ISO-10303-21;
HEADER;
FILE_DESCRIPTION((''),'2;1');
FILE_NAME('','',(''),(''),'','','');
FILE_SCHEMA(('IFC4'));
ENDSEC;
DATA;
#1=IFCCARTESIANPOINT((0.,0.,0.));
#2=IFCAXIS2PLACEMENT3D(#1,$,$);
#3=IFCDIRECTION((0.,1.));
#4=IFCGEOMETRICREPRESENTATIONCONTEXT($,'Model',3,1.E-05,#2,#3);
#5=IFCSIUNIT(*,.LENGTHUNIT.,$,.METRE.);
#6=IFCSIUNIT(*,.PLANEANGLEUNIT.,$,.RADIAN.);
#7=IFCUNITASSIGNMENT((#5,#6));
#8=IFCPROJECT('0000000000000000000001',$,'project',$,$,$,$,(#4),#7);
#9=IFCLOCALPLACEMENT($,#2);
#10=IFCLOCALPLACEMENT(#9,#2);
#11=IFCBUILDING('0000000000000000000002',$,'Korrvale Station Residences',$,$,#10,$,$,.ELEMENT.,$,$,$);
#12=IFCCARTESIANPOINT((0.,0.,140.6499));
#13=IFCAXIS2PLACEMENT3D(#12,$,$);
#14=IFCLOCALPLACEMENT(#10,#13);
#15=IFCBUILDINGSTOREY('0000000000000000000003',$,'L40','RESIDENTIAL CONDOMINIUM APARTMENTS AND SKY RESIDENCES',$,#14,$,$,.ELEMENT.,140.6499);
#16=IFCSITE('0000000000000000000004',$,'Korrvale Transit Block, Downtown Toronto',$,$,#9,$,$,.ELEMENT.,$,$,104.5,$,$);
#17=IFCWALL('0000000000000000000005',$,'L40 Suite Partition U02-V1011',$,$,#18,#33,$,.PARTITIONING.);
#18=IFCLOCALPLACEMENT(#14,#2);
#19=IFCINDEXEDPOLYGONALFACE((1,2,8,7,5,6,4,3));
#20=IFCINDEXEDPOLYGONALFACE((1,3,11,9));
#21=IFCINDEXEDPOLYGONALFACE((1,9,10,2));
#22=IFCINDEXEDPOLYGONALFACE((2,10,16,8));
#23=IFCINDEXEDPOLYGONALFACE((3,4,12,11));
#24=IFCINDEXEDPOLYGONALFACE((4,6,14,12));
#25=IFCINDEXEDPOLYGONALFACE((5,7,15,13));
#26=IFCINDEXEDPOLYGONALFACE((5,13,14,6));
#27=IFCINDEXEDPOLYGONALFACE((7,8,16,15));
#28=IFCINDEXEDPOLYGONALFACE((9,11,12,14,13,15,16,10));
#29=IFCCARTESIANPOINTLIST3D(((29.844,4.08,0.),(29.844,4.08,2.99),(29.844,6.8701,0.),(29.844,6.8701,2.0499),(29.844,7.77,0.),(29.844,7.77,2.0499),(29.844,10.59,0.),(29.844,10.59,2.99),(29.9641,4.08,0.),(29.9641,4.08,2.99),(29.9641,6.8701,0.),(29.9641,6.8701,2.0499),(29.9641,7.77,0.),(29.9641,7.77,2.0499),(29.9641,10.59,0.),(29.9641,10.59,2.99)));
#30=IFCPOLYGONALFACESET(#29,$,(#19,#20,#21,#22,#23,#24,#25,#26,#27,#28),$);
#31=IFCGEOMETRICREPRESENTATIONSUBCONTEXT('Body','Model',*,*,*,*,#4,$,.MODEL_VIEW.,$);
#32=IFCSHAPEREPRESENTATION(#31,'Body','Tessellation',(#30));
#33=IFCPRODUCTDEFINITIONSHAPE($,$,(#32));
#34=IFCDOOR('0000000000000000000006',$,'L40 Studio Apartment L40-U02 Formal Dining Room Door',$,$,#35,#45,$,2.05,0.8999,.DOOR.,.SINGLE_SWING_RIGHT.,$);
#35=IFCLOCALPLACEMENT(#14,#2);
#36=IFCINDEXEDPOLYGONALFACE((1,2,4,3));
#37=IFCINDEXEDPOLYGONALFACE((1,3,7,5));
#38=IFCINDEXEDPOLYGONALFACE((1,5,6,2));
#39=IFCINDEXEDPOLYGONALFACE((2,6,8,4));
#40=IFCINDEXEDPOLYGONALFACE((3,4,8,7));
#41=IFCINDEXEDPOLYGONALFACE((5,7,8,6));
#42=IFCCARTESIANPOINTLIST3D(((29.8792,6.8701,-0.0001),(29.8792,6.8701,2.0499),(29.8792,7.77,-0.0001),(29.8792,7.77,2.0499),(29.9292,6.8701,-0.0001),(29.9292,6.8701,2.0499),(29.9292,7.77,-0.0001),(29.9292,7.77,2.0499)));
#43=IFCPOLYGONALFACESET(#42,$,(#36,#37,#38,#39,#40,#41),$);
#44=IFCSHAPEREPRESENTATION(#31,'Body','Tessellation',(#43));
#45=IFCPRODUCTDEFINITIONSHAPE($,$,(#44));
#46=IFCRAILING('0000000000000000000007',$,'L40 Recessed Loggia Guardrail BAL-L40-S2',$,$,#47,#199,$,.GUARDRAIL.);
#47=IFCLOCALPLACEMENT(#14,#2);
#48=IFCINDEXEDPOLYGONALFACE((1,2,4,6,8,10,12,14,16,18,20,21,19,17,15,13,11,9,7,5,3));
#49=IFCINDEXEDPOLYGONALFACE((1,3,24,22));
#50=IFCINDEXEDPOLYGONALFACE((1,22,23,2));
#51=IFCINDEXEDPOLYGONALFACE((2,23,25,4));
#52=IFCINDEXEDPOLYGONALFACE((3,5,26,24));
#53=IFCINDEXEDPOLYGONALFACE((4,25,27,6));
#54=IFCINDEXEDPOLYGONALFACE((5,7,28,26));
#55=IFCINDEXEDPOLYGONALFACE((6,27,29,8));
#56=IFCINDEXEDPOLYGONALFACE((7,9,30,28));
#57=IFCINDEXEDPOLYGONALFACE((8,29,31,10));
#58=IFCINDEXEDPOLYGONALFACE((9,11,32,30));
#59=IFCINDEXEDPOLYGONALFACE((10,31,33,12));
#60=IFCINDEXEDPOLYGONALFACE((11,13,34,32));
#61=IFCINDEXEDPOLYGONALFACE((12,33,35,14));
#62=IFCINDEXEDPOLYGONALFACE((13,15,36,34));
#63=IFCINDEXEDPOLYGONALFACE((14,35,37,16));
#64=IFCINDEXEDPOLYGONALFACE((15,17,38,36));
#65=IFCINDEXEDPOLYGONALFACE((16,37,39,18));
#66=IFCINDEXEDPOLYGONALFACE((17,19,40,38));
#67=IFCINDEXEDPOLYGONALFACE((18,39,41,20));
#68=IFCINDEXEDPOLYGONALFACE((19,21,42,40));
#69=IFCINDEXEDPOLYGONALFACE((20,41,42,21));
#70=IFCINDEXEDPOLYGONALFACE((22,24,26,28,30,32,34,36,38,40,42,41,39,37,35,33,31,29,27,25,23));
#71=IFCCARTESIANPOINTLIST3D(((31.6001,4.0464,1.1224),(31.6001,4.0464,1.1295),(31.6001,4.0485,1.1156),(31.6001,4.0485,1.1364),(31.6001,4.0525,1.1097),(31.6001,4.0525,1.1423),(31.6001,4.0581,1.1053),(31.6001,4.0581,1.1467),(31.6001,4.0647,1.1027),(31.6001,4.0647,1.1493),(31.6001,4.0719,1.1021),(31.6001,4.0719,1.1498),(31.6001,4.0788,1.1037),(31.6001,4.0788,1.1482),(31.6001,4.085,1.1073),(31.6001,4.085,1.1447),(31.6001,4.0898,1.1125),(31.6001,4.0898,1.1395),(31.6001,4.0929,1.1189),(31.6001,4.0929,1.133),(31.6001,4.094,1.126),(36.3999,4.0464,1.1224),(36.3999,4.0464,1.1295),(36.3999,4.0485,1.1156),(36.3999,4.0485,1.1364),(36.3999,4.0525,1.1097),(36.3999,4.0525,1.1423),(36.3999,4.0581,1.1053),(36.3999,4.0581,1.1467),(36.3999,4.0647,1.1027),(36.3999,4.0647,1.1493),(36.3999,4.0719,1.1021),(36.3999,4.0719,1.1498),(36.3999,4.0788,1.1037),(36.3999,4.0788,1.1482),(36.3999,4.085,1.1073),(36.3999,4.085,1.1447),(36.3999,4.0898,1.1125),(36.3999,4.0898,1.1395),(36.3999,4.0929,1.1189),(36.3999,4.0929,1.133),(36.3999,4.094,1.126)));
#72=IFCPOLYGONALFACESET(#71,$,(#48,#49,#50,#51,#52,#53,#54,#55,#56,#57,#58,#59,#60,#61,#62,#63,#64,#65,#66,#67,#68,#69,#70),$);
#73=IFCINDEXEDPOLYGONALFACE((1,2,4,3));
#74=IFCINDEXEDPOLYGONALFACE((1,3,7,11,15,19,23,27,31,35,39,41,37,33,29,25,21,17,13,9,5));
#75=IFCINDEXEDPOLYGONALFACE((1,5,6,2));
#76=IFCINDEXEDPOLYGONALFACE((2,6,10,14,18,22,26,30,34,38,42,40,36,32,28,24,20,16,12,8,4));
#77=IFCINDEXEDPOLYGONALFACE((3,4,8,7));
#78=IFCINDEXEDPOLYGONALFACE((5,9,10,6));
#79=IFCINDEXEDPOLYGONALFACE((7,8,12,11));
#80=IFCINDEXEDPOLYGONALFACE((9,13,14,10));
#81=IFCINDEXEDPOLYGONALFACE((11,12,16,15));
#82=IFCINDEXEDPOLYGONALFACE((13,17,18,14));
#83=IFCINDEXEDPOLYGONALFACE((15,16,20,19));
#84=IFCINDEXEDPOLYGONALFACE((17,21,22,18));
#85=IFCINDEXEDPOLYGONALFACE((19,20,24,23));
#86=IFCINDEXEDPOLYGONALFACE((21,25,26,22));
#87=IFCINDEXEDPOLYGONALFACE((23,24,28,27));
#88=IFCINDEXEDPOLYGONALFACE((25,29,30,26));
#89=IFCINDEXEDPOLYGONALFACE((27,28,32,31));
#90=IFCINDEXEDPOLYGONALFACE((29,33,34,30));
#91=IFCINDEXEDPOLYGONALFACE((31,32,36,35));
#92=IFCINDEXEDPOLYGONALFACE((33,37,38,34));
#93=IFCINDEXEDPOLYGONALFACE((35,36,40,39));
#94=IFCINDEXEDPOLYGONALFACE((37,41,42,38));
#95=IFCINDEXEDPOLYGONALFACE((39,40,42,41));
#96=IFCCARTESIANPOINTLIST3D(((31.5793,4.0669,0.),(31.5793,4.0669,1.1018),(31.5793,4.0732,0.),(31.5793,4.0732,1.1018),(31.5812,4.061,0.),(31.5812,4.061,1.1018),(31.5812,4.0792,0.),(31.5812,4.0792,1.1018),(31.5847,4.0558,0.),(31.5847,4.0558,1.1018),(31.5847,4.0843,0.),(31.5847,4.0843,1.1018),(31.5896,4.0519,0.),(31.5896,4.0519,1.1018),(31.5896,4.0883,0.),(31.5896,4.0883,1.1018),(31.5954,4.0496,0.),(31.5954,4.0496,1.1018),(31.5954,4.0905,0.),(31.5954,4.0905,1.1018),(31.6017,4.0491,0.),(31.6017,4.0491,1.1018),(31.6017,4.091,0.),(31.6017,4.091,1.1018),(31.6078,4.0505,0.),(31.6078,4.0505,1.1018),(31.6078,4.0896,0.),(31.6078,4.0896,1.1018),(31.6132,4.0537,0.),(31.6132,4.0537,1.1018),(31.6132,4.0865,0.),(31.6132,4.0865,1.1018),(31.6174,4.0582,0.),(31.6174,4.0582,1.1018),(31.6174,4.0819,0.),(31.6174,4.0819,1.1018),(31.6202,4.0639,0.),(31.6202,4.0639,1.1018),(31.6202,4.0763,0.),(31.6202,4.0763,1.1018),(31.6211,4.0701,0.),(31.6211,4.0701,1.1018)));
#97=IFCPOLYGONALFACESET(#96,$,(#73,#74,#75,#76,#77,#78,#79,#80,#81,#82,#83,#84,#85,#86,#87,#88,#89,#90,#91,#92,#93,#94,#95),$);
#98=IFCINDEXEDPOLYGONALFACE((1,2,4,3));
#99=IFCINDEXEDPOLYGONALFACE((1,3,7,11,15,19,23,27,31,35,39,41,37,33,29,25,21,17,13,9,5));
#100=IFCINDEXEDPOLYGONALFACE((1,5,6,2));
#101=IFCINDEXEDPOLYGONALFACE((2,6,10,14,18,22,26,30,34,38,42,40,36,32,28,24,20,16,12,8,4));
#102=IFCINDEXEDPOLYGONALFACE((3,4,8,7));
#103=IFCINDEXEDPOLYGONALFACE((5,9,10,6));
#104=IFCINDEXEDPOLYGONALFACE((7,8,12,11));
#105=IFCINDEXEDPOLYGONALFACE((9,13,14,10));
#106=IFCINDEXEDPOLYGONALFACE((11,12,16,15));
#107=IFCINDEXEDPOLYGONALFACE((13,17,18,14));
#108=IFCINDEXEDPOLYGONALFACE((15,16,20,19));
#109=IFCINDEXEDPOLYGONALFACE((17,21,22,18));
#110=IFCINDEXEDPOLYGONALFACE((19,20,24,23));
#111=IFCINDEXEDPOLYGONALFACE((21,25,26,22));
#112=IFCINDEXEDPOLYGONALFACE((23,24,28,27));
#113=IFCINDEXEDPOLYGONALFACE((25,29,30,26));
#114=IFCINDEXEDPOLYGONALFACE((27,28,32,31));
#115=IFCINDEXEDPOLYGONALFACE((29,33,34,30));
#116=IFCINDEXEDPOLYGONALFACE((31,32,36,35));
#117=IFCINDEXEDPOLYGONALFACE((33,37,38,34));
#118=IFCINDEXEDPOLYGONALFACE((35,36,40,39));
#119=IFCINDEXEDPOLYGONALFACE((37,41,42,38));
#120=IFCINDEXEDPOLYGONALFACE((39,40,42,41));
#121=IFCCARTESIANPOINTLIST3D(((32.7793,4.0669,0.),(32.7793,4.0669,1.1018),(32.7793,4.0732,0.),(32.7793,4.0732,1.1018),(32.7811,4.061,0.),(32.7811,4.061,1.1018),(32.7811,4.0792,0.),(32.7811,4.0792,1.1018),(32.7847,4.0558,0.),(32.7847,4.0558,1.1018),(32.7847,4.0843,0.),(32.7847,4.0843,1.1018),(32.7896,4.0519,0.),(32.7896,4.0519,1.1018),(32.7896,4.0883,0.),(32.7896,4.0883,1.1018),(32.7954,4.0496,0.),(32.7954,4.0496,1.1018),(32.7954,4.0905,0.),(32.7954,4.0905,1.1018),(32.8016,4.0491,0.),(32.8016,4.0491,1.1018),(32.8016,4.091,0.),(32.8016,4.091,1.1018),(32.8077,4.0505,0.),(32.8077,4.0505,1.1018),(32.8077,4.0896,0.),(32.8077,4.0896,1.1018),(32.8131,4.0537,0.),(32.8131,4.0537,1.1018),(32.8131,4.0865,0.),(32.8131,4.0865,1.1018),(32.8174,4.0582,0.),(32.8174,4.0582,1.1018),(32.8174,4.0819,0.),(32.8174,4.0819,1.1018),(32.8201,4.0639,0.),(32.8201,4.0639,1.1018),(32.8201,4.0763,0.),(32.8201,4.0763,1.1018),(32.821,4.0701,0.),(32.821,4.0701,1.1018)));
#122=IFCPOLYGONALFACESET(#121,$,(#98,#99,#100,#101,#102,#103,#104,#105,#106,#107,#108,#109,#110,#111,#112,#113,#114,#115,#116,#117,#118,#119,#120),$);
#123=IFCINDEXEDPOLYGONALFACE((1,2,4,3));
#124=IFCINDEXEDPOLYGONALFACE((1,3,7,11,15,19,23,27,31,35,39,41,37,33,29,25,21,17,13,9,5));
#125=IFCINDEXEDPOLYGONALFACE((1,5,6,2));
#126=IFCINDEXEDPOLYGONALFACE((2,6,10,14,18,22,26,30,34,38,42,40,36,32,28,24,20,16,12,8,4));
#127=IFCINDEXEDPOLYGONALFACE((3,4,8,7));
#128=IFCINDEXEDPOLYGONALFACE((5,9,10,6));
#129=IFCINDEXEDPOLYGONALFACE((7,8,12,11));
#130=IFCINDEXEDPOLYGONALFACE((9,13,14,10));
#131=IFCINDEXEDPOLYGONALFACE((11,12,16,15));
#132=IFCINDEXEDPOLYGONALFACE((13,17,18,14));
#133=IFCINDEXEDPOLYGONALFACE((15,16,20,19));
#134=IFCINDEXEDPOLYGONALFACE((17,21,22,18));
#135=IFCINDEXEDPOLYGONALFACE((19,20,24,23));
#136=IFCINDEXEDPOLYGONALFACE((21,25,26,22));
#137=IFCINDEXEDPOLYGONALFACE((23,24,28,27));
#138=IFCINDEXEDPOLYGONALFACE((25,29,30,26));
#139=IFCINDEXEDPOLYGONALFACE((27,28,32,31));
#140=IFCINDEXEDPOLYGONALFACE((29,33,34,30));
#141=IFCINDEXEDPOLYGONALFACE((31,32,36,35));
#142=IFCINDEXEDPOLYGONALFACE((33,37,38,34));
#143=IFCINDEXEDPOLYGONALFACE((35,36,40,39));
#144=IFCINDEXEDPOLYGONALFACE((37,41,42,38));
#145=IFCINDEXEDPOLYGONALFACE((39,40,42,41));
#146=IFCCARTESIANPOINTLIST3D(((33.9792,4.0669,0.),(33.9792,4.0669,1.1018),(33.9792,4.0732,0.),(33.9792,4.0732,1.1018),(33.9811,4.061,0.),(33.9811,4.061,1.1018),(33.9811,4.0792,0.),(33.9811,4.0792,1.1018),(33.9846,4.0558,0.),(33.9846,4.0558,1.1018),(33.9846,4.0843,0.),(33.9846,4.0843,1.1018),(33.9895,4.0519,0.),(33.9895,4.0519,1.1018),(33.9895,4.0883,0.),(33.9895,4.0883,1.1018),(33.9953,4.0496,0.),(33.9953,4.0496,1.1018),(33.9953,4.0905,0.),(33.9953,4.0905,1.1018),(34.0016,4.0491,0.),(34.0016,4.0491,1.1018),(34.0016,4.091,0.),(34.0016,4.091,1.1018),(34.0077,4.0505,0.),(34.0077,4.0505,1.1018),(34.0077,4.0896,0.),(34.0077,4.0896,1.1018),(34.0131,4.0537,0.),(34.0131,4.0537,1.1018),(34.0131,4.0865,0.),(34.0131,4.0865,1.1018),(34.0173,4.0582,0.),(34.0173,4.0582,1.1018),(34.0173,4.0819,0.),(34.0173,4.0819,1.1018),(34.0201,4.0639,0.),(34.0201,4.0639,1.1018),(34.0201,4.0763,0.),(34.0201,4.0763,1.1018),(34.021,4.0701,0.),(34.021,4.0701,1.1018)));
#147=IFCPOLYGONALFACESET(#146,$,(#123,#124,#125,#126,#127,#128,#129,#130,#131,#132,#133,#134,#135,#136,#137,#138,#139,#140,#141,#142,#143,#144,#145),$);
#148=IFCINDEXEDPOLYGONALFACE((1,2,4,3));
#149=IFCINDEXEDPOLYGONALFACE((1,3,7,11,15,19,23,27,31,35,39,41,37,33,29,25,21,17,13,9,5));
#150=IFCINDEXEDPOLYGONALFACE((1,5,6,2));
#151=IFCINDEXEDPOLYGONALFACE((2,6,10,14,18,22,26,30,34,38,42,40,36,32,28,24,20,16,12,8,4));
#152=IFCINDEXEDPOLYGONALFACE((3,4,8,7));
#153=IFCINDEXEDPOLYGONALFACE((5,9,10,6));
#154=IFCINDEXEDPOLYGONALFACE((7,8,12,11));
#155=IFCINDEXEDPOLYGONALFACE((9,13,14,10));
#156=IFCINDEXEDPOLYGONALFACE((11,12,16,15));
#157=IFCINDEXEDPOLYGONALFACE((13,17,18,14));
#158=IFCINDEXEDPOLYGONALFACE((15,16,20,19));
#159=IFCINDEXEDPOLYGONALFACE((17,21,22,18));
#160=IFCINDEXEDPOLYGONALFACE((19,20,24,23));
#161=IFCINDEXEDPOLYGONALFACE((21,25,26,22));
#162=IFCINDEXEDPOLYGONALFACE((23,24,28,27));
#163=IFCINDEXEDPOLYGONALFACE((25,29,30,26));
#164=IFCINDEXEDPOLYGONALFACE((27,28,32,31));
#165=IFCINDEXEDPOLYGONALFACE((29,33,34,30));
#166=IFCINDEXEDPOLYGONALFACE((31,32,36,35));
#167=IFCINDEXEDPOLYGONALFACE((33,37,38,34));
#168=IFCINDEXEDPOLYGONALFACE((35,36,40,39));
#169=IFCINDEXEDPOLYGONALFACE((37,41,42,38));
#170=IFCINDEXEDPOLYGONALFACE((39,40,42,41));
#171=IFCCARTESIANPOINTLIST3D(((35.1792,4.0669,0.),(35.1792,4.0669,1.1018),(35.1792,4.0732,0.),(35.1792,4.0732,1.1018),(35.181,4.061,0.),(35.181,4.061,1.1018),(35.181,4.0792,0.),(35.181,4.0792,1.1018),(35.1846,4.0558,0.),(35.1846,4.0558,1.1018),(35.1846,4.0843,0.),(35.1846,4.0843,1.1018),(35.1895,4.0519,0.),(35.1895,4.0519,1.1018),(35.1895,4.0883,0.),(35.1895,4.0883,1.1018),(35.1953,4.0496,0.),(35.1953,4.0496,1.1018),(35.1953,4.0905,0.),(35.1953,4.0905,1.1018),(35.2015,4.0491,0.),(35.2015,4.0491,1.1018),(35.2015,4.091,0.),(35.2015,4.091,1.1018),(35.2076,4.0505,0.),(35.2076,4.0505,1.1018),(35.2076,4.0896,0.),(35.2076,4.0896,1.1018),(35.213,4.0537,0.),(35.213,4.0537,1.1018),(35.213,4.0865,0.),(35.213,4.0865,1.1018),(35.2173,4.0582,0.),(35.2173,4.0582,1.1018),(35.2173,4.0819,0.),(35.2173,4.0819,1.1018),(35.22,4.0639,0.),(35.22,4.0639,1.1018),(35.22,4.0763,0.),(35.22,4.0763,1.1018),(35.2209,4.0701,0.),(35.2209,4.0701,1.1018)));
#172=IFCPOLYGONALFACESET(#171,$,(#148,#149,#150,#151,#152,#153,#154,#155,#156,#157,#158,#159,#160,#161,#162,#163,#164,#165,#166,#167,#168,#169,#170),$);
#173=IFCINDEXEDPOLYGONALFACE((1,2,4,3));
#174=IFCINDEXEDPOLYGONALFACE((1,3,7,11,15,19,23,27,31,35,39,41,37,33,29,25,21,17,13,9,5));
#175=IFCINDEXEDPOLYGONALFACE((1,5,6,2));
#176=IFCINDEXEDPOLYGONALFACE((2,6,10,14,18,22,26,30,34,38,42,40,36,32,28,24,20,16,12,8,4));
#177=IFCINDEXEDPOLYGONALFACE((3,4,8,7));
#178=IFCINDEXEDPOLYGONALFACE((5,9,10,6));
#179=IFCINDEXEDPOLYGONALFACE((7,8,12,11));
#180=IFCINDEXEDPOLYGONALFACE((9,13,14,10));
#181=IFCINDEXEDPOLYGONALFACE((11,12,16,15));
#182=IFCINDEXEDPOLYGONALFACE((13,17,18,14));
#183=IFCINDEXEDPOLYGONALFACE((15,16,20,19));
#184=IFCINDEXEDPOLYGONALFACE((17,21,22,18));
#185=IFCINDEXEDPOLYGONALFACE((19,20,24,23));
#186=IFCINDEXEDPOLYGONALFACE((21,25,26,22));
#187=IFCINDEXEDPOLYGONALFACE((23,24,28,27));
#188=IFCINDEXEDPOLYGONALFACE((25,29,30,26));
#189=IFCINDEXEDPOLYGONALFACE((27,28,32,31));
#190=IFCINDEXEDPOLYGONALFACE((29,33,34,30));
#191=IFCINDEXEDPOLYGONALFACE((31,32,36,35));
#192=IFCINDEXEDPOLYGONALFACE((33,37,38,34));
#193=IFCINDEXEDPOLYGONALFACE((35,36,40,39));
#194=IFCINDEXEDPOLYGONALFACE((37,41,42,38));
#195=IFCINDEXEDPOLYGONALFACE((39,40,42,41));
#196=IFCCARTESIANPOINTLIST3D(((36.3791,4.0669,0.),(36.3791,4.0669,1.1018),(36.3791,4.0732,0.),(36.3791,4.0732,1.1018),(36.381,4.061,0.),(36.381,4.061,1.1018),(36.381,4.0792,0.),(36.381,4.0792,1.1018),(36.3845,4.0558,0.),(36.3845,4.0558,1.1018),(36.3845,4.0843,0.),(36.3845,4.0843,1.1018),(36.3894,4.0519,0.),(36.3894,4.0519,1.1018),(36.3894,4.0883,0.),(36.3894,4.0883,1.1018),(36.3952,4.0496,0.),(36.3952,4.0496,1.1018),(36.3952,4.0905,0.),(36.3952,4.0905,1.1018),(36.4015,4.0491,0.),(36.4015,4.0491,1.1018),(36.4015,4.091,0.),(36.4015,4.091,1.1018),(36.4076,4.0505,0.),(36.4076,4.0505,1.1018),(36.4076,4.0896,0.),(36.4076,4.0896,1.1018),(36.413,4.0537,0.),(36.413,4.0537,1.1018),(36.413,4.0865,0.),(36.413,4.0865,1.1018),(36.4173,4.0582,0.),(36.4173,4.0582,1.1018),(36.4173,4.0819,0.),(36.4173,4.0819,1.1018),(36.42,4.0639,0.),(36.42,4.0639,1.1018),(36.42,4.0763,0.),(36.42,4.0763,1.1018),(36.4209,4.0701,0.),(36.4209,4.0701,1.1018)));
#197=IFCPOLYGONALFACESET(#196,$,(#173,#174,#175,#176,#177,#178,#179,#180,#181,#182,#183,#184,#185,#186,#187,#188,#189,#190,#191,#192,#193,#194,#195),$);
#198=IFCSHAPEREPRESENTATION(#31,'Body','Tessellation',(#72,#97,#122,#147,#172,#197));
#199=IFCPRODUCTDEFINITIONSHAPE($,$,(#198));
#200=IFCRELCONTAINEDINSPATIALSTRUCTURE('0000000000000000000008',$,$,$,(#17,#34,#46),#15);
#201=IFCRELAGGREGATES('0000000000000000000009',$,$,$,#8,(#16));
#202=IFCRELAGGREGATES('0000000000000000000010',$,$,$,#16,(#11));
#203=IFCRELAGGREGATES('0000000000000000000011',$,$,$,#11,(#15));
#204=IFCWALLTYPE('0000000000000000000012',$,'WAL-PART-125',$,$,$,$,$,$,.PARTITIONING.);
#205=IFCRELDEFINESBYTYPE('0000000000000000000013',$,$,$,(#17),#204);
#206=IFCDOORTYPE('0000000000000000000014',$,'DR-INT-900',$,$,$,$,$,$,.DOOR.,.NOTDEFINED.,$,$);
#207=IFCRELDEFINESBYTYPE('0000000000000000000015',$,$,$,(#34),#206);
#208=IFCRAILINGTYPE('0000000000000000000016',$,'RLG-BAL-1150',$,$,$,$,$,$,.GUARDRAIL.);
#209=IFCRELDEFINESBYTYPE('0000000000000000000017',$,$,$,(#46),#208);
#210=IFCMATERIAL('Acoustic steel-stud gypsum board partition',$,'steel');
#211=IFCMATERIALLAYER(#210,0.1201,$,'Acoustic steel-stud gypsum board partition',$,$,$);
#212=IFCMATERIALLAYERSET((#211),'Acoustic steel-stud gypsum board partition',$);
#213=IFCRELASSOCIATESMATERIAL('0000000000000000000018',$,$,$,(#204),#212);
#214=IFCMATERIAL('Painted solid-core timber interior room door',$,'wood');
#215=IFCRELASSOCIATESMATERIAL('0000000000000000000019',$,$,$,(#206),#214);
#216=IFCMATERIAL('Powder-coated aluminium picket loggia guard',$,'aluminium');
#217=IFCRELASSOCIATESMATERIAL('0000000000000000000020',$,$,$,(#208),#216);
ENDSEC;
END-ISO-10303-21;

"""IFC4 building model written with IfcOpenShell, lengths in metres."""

from ifc_helpers import new_model, si_unit, direction, frame, frame_2d, origin, origin_2d, place, context, subcontext, project, spatial, rectangle, circle, extrude, material, layer, layer_set, type_object, element, fill, save


model = new_model("IFC4")

# Units and contexts
model_context = context("Model", 3, precision=1e-05, world=origin(), true_north=direction((0.0, 1.0)))
body_context = subcontext(model_context, "Body", "Model", "MODEL_VIEW")
ifc_project = project(units=[si_unit("LENGTHUNIT", "METRE"), si_unit("PLANEANGLEUNIT", "RADIAN")], contexts=[model_context])

# Site, building, storey
site_placement = place(None, origin())
site = spatial("IfcSite", under=ifc_project, at=site_placement, Name="Korrvale Transit Block, Downtown Toronto", CompositionType="ELEMENT", RefElevation=104.5)
building_placement = place(site_placement, origin())
building = spatial("IfcBuilding", under=site, at=building_placement, Name="Korrvale Station Residences", CompositionType="ELEMENT")
storey_placement = place(building_placement, frame((0.0, 0.0, 140.6499)))
storey = spatial("IfcBuildingStorey", under=building, at=storey_placement, Name="L40", Description="RESIDENTIAL CONDOMINIUM APARTMENTS AND SKY RESIDENCES", CompositionType="ELEMENT", Elevation=140.6499)

# Shared definitions
ifc_material_1 = material(Name="Acoustic steel-stud gypsum board partition", Category="steel")
ifc_layer_1 = layer(ifc_material_1, 0.1201, Name="Acoustic steel-stud gypsum board partition")
ifc_layer_set_1 = layer_set([ifc_layer_1], Name="Acoustic steel-stud gypsum board partition")
wall_type_1 = type_object("IfcWallType", Name="WAL-PART-125", PredefinedType="PARTITIONING", material=ifc_layer_set_1)

# Wall, opening, door
ifc_material_2 = material(Name="Painted solid-core timber interior room door", Category="wood")
door_type = type_object("IfcDoorType", Name="DR-INT-900", OperationType="NOTDEFINED", PredefinedType="DOOR", material=ifc_material_2)
wall_1_placement = place(storey_placement, frame((29.9041, 4.0801, 0.0), z_axis=(0.0, 0.0, 1.0), x_axis=(0.0, 1.0, 0.0)))
wall_1 = element("IfcWall", 1, at=wall_1_placement, inside=storey, type_object=wall_type_1, Name="L40 Suite Partition U02-V1011", PredefinedType="PARTITIONING", context=body_context, shape_type="SweptSolid", body=[
    extrude(rectangle(XDim=6.51, YDim=0.1201, at=frame_2d((3.2549, 0.0))), origin(), (0.0, 0.0, 1.0), 2.99),
])
opening_1_placement = place(wall_1_placement, frame((2.79, 0.0, 0.0)))
opening_1 = element("IfcOpeningElement", 2, at=opening_1_placement, cuts=wall_1, PredefinedType="OPENING", context=body_context, shape_type="SweptSolid", body=[
    extrude(rectangle(XDim=0.8999, YDim=2.05, at=frame_2d((0.45, 1.0249))), frame((0.0, 0.0701, 0.0), z_axis=(0.0, -1.0, 0.0), x_axis=(1.0, 0.0, 0.0)), (0.0, 0.0, 1.0), 0.1401),
])
door_1_placement = place(opening_1_placement, origin())
door_1 = element("IfcDoor", 3, at=door_1_placement, inside=storey, type_object=door_type, Name="L40 Studio Apartment L40-U02 Formal Dining Room Door", OperationType="SINGLE_SWING_RIGHT", OverallHeight=2.05, OverallWidth=0.8999, PredefinedType="DOOR", context=body_context, shape_type="SweptSolid", body=[
    extrude(rectangle(XDim=0.8999, YDim=2.05, at=frame_2d((0.45, 1.0249))), frame((0.0, 0.0249, 0.0), z_axis=(0.0, -1.0, 0.0), x_axis=(1.0, 0.0, 0.0)), (0.0, 0.0, 1.0), 0.05),
])
fill(opening_1, door_1)

# Railing
ifc_material_3 = material(Name="Powder-coated aluminium picket loggia guard", Category="aluminium")
railing_type = type_object("IfcRailingType", Name="RLG-BAL-1150", PredefinedType="GUARDRAIL", material=ifc_material_3)
railing_placement = place(storey_placement, frame((31.6001, 4.0701, 0.0)))
element("IfcRailing", 4, at=railing_placement, inside=storey, type_object=railing_type, Name="L40 Recessed Loggia Guardrail BAL-L40-S2", PredefinedType="GUARDRAIL", context=body_context, shape_type="SweptSolid", body=[
    extrude(circle(Radius=0.0239, at=origin_2d()), frame((0.0, 0.0, 1.126), z_axis=(1.0, 0.0, 0.0), x_axis=(0.0, 1.0, 0.0)), (0.0, 0.0, 1.0), 4.7998),
    extrude(circle(Radius=0.021, at=origin_2d()), origin(), (0.0, 0.0, 1.0), 1.1018),
    extrude(circle(Radius=0.021, at=origin_2d()), frame((1.2, 0.0, 0.0)), (0.0, 0.0, 1.0), 1.1018),
    extrude(circle(Radius=0.021, at=origin_2d()), frame((2.3999, 0.0, 0.0)), (0.0, 0.0, 1.0), 1.1018),
    extrude(circle(Radius=0.021, at=origin_2d()), frame((3.5999, 0.0, 0.0)), (0.0, 0.0, 1.0), 1.1018),
    extrude(circle(Radius=0.021, at=origin_2d()), frame((4.7998, 0.0, 0.0)), (0.0, 0.0, 1.0), 1.1018),
])

save(model, "model.ifc")
